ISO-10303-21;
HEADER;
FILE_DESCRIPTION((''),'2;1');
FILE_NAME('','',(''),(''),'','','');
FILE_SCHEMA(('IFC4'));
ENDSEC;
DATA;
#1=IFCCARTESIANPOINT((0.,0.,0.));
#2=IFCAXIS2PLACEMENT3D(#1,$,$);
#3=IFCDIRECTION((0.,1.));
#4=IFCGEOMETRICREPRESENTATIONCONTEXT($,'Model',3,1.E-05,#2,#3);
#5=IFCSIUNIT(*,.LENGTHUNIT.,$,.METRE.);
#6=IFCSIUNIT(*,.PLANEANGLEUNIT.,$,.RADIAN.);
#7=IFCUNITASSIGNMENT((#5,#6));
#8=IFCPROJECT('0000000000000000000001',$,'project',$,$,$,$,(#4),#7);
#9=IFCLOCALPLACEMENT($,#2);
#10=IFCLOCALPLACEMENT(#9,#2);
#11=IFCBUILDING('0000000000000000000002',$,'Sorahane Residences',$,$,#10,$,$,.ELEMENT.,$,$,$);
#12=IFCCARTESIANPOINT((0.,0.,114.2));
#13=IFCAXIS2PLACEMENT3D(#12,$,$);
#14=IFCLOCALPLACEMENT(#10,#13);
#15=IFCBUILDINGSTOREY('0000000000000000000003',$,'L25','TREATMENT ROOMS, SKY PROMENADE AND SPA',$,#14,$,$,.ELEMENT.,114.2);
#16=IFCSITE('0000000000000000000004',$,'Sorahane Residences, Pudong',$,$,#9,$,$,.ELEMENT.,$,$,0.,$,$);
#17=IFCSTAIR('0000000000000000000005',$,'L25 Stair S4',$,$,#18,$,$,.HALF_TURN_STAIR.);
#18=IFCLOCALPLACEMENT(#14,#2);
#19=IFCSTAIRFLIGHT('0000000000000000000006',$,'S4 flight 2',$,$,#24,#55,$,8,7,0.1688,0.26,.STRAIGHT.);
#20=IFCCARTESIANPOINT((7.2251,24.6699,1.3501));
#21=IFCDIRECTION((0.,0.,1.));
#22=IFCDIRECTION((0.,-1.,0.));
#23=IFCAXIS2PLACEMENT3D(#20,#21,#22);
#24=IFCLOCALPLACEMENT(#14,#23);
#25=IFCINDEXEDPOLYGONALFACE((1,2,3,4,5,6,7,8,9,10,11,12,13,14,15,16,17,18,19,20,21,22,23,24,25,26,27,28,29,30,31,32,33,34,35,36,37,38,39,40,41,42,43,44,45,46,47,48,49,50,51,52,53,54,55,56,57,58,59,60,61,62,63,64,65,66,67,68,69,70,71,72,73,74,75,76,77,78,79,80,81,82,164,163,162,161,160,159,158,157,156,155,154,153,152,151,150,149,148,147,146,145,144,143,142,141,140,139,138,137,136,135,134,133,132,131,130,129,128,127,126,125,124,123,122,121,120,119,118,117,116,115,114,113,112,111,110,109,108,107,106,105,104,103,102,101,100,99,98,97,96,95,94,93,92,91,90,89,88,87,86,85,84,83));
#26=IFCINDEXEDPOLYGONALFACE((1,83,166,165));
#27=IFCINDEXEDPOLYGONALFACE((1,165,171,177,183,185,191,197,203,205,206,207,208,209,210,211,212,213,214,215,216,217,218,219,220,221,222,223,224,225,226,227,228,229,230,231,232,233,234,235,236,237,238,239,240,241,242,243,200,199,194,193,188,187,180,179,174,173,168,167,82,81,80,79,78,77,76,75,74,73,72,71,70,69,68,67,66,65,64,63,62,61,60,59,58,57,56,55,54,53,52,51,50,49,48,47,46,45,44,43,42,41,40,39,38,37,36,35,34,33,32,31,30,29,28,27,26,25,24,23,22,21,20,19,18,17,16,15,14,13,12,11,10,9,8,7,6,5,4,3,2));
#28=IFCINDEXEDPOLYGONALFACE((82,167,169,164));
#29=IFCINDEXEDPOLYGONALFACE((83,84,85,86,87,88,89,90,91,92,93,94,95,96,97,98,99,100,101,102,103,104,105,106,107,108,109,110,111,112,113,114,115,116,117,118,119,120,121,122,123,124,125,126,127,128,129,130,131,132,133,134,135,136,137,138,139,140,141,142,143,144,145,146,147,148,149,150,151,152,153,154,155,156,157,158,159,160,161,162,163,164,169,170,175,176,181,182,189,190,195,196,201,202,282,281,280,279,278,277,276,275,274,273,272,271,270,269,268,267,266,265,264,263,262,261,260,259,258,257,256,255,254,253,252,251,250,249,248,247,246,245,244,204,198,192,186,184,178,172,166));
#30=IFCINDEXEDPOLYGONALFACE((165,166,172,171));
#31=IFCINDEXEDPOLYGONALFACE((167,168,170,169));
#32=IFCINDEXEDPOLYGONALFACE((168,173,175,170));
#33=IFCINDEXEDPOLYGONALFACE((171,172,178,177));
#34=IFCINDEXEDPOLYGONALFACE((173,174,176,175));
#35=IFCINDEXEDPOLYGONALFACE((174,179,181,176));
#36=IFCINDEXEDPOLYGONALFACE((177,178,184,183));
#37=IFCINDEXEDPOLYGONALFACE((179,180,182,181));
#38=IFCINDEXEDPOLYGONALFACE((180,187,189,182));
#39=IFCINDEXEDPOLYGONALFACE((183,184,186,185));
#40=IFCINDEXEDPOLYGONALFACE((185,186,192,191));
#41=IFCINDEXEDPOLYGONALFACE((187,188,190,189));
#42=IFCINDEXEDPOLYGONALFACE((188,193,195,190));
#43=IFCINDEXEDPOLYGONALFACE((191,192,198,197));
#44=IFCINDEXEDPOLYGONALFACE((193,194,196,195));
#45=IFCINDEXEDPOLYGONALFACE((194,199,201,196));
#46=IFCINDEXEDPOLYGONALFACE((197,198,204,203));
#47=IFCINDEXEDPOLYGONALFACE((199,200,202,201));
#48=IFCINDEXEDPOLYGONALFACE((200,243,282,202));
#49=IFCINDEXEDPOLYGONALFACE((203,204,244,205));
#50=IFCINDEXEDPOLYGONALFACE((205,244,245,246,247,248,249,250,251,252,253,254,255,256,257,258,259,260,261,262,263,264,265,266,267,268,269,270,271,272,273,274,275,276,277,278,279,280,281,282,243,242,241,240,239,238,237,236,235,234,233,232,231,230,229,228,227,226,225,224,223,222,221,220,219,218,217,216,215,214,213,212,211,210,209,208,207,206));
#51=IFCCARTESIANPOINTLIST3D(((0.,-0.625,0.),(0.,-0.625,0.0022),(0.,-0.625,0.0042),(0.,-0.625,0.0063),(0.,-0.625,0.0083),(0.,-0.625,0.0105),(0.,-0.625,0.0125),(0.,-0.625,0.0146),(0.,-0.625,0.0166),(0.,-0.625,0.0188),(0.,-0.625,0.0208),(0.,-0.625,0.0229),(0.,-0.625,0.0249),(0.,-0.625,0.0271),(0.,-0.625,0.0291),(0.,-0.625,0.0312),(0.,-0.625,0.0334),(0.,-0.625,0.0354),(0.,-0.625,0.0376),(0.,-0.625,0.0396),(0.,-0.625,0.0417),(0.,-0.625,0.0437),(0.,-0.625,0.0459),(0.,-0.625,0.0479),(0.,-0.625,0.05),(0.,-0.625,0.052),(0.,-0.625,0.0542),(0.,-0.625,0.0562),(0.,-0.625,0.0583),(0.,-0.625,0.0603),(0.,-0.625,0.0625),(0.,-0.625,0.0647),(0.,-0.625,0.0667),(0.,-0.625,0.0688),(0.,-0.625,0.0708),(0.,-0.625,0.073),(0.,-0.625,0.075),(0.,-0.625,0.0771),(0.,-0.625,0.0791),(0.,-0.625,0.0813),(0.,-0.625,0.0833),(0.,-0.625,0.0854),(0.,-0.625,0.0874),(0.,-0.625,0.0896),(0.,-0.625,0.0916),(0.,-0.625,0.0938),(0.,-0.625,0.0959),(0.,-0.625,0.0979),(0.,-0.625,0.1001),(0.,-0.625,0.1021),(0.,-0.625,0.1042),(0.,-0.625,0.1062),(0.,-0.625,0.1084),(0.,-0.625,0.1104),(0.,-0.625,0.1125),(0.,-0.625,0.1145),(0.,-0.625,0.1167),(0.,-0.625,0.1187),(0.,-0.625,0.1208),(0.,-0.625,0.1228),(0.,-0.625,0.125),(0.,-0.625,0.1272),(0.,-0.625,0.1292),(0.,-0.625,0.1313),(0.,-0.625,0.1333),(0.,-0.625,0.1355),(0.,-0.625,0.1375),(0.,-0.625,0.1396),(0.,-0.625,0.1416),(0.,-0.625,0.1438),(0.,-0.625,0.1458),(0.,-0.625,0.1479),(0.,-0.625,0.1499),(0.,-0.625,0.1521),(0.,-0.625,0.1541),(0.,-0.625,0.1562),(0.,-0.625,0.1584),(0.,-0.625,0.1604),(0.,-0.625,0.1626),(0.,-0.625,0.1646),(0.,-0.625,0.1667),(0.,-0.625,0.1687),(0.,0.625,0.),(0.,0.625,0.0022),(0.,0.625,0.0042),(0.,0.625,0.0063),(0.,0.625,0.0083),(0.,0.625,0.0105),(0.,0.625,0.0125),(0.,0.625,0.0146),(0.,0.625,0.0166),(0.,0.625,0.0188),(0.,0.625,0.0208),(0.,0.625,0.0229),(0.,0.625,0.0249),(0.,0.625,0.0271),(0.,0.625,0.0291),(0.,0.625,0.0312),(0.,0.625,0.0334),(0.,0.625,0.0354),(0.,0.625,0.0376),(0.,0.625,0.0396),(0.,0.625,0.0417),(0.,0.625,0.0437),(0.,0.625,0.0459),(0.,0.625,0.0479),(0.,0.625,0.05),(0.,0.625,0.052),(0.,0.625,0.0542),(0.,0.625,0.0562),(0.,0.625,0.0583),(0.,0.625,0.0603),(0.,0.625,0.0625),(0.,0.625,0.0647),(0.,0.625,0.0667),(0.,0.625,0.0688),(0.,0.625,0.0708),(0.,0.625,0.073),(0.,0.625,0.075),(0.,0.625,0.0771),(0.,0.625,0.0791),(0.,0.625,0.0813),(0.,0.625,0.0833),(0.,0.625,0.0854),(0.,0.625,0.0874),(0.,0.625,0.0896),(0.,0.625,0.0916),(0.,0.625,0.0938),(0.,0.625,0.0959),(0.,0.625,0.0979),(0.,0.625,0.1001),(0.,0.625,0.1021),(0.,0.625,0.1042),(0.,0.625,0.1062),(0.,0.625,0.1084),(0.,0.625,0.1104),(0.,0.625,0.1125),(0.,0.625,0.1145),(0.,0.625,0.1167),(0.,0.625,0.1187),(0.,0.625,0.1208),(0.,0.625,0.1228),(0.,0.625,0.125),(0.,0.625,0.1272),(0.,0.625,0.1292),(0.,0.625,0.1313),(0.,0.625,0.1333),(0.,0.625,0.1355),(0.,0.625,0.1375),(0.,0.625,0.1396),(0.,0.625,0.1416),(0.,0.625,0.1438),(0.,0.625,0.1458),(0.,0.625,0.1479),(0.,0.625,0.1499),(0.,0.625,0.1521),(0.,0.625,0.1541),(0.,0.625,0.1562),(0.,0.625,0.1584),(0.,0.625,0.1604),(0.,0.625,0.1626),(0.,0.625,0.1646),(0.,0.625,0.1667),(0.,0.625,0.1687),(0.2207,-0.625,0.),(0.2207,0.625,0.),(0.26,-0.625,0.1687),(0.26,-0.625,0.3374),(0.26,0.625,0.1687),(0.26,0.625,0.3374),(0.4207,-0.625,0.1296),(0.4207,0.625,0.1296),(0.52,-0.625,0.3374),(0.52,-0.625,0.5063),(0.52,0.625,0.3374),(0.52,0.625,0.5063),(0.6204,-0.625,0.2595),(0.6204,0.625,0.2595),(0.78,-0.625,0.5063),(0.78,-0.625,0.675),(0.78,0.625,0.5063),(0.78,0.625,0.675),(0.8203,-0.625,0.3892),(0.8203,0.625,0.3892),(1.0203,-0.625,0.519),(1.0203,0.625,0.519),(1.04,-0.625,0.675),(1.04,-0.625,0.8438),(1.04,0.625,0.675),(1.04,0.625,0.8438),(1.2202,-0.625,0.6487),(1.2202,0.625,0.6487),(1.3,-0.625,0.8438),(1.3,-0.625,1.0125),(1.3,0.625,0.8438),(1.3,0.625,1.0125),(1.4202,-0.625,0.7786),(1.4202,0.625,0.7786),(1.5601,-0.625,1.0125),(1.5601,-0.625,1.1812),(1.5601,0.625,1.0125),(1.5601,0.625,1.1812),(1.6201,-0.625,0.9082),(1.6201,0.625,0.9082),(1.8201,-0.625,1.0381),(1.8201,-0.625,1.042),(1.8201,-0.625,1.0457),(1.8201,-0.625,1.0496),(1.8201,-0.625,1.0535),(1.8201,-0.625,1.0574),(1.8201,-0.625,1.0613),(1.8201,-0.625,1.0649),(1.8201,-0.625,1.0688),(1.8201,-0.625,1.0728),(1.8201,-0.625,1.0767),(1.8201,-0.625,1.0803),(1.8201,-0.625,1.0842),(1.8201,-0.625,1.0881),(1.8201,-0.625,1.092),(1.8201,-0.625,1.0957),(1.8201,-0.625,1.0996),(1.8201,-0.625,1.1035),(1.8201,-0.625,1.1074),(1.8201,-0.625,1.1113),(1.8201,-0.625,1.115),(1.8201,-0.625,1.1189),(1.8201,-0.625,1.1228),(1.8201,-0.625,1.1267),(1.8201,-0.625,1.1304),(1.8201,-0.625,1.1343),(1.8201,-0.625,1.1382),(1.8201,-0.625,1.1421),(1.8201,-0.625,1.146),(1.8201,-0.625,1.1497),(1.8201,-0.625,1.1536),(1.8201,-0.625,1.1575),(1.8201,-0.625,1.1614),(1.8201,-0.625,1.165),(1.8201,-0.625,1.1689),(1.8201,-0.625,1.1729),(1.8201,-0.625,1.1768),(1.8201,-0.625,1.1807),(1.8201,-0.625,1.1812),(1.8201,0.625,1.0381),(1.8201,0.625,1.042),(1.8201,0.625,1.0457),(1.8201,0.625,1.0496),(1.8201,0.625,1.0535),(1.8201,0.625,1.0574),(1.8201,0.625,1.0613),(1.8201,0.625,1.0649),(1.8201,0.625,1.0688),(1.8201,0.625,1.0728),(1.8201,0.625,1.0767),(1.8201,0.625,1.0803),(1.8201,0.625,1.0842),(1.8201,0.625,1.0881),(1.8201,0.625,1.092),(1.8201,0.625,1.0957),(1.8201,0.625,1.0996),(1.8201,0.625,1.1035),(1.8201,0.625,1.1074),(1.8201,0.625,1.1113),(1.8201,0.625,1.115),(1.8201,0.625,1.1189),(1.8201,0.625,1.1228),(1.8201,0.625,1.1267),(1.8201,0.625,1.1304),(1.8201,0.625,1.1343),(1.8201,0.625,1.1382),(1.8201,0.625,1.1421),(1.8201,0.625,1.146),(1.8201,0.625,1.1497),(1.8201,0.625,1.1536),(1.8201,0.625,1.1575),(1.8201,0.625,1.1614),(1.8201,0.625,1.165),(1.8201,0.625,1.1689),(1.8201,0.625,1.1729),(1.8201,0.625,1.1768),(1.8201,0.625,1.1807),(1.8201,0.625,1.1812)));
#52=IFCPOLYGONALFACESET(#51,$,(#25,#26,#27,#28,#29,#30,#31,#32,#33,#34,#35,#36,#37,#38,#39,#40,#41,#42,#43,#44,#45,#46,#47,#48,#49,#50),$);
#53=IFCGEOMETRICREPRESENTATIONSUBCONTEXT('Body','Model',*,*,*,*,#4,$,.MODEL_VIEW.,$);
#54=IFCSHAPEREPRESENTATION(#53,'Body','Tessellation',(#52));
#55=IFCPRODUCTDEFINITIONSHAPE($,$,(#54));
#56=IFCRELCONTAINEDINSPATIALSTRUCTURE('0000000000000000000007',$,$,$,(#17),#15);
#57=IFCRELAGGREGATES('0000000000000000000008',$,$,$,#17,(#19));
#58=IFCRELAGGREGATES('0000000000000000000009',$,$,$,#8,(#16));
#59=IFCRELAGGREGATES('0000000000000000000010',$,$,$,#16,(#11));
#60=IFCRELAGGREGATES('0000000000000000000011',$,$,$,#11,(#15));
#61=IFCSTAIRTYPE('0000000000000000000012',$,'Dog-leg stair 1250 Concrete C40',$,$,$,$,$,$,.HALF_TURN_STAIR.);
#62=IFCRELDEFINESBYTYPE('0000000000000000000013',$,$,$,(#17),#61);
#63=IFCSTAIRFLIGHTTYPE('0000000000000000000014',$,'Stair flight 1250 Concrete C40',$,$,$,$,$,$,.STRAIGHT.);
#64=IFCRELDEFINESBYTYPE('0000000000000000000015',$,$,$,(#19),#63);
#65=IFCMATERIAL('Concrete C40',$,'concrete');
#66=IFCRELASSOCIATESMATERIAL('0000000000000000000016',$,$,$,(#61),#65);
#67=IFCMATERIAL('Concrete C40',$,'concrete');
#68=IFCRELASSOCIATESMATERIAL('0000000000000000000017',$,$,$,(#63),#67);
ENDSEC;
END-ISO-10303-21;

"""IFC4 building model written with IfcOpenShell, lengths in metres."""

from ifc_helpers import new_model, si_unit, direction, frame, origin, place, context, subcontext, project, spatial, polyline, outline, extrude, material, type_object, element, aggregate, save


model = new_model("IFC4")

# Units and contexts
model_context = context("Model", 3, precision=1e-05, world=origin(), true_north=direction((0.0, 1.0)))
body_context = subcontext(model_context, "Body", "Model", "MODEL_VIEW")
ifc_project = project(units=[si_unit("LENGTHUNIT", "METRE"), si_unit("PLANEANGLEUNIT", "RADIAN")], contexts=[model_context])

# Site, building, storey
site_placement = place(None, origin())
site = spatial("IfcSite", under=ifc_project, at=site_placement, Name="Sorahane Residences, Pudong", CompositionType="ELEMENT", RefElevation=0.0)
building_placement = place(site_placement, origin())
building = spatial("IfcBuilding", under=site, at=building_placement, Name="Sorahane Residences", CompositionType="ELEMENT")
storey_placement = place(building_placement, frame((0.0, 0.0, 114.2)))
storey = spatial("IfcBuildingStorey", under=building, at=storey_placement, Name="L25", Description="TREATMENT ROOMS, SKY PROMENADE AND SPA", CompositionType="ELEMENT", Elevation=114.2)

# Stair, stair flight
ifc_material_1 = material(Name="Concrete C40", Category="concrete")
stair_type = type_object("IfcStairType", Name="Dog-leg stair 1250 Concrete C40", PredefinedType="HALF_TURN_STAIR", material=ifc_material_1)
stair_placement = place(storey_placement, origin())
stair = element("IfcStair", 1, at=stair_placement, inside=storey, type_object=stair_type, Name="L25 Stair S4", PredefinedType="HALF_TURN_STAIR")
ifc_material_2 = material(Name="Concrete C40", Category="concrete")
stair_flight_type = type_object("IfcStairFlightType", Name="Stair flight 1250 Concrete C40", PredefinedType="STRAIGHT", material=ifc_material_2)
stair_flight_1_placement = place(storey_placement, frame((7.2251, 24.6699, 1.3501), z_axis=(0.0, 0.0, 1.0), x_axis=(0.0, -1.0, 0.0)))
stair_flight_1 = element("IfcStairFlight", 2, at=stair_flight_1_placement, type_object=stair_flight_type, Name="S4 flight 2", NumberOfRisers=8, NumberOfTreads=7, PredefinedType="STRAIGHT", RiserHeight=0.1688, TreadLength=0.26, context=body_context, shape_type="SweptSolid", body=[
    extrude(outline(polyline([(0.0, 0.0), (0.0, 0.0022), (0.0, 0.0042), (0.0, 0.0063), (0.0, 0.0083), (0.0, 0.0105), (0.0, 0.0125), (0.0, 0.0146), (0.0, 0.0166), (0.0, 0.0188), (0.0, 0.0208), (0.0, 0.0229), (0.0, 0.0249), (0.0, 0.0271), (0.0, 0.0291), (0.0, 0.0312), (0.0, 0.0334), (0.0, 0.0354), (0.0, 0.0376), (0.0, 0.0396), (0.0, 0.0417), (0.0, 0.0437), (0.0, 0.0459), (0.0, 0.0479), (0.0, 0.05), (0.0, 0.052), (0.0, 0.0542), (0.0, 0.0562), (0.0, 0.0583), (0.0, 0.0603), (0.0, 0.0625), (0.0, 0.0647), (0.0, 0.0667), (0.0, 0.0688), (0.0, 0.0708), (0.0, 0.073), (0.0, 0.075), (0.0, 0.0771), (0.0, 0.0791), (0.0, 0.0813), (0.0, 0.0833), (0.0, 0.0854), (0.0, 0.0874), (0.0, 0.0896), (0.0, 0.0916), (0.0, 0.0938), (0.0, 0.0959), (0.0, 0.0979), (0.0, 0.1001), (0.0, 0.1021), (0.0, 0.1042), (0.0, 0.1062), (0.0, 0.1084), (0.0, 0.1104), (0.0, 0.1125), (0.0, 0.1145), (0.0, 0.1167), (0.0, 0.1187), (0.0, 0.1208), (0.0, 0.1228), (0.0, 0.125), (0.0, 0.1272), (0.0, 0.1292), (0.0, 0.1313), (0.0, 0.1333), (0.0, 0.1355), (0.0, 0.1375), (0.0, 0.1396), (0.0, 0.1416), (0.0, 0.1438), (0.0, 0.1458), (0.0, 0.1479), (0.0, 0.1499), (0.0, 0.1521), (0.0, 0.1541), (0.0, 0.1562), (0.0, 0.1584), (0.0, 0.1604), (0.0, 0.1626), (0.0, 0.1646), (0.0, 0.1667), (0.0, 0.1687), (0.26, 0.1687), (0.26, 0.3374), (0.52, 0.3374), (0.52, 0.5063), (0.78, 0.5063), (0.78, 0.675), (1.04, 0.675), (1.04, 0.8438), (1.3, 0.8438), (1.3, 1.0125), (1.5601, 1.0125), (1.5601, 1.1812), (1.8201, 1.1812), (1.8201, 1.3501), (1.8201, 1.3462), (1.8201, 1.3423), (1.8201, 1.3384), (1.8201, 1.3347), (1.8201, 1.3308), (1.8201, 1.3269), (1.8201, 1.323), (1.8201, 1.3191), (1.8201, 1.3154), (1.8201, 1.3115), (1.8201, 1.3076), (1.8201, 1.3037), (1.8201, 1.3), (1.8201, 1.2961), (1.8201, 1.2922), (1.8201, 1.2883), (1.8201, 1.2844), (1.8201, 1.2808), (1.8201, 1.2769), (1.8201, 1.2729), (1.8201, 1.269), (1.8201, 1.2654), (1.8201, 1.2615), (1.8201, 1.2576), (1.8201, 1.2537), (1.8201, 1.2498), (1.8201, 1.2461), (1.8201, 1.2422), (1.8201, 1.2383), (1.8201, 1.2344), (1.8201, 1.2307), (1.8201, 1.2268), (1.8201, 1.2229), (1.8201, 1.219), (1.8201, 1.2151), (1.8201, 1.2114), (1.8201, 1.2075), (1.8201, 1.2036), (1.8201, 1.1997), (1.8201, 1.196), (1.8201, 1.1921), (1.8201, 1.1882), (1.8201, 1.1843), (1.8201, 1.1807), (1.8201, 1.1768), (1.8201, 1.1729), (1.8201, 1.1689), (1.8201, 1.165), (1.8201, 1.1614), (1.8201, 1.1575), (1.8201, 1.1536), (1.8201, 1.1497), (1.8201, 1.146), (1.8201, 1.1421), (1.8201, 1.1382), (1.8201, 1.1343), (1.8201, 1.1304), (1.8201, 1.1267), (1.8201, 1.1228), (1.8201, 1.1189), (1.8201, 1.115), (1.8201, 1.1113), (1.8201, 1.1074), (1.8201, 1.1035), (1.8201, 1.0996), (1.8201, 1.0957), (1.8201, 1.092), (1.8201, 1.0881), (1.8201, 1.0842), (1.8201, 1.0803), (1.8201, 1.0767), (1.8201, 1.0728), (1.8201, 1.0688), (1.8201, 1.0649), (1.8201, 1.0613), (1.8201, 1.0574), (1.8201, 1.0535), (1.8201, 1.0496), (1.8201, 1.0457), (1.8201, 1.042), (1.8201, 1.0381), (1.6201, 0.9082), (1.4202, 0.7786), (1.2202, 0.6487), (1.0203, 0.519), (0.8203, 0.3892), (0.6204, 0.2595), (0.4207, 0.1296), (0.2207, 0.0), (0.0, 0.0)])), frame((0.0, 0.625, 0.0), z_axis=(0.0, -1.0, 0.0), x_axis=(1.0, 0.0, 0.0)), (0.0, 0.0, 1.0), 1.25),
])
aggregate(stair, [stair_flight_1])

save(model, "model.ifc")
